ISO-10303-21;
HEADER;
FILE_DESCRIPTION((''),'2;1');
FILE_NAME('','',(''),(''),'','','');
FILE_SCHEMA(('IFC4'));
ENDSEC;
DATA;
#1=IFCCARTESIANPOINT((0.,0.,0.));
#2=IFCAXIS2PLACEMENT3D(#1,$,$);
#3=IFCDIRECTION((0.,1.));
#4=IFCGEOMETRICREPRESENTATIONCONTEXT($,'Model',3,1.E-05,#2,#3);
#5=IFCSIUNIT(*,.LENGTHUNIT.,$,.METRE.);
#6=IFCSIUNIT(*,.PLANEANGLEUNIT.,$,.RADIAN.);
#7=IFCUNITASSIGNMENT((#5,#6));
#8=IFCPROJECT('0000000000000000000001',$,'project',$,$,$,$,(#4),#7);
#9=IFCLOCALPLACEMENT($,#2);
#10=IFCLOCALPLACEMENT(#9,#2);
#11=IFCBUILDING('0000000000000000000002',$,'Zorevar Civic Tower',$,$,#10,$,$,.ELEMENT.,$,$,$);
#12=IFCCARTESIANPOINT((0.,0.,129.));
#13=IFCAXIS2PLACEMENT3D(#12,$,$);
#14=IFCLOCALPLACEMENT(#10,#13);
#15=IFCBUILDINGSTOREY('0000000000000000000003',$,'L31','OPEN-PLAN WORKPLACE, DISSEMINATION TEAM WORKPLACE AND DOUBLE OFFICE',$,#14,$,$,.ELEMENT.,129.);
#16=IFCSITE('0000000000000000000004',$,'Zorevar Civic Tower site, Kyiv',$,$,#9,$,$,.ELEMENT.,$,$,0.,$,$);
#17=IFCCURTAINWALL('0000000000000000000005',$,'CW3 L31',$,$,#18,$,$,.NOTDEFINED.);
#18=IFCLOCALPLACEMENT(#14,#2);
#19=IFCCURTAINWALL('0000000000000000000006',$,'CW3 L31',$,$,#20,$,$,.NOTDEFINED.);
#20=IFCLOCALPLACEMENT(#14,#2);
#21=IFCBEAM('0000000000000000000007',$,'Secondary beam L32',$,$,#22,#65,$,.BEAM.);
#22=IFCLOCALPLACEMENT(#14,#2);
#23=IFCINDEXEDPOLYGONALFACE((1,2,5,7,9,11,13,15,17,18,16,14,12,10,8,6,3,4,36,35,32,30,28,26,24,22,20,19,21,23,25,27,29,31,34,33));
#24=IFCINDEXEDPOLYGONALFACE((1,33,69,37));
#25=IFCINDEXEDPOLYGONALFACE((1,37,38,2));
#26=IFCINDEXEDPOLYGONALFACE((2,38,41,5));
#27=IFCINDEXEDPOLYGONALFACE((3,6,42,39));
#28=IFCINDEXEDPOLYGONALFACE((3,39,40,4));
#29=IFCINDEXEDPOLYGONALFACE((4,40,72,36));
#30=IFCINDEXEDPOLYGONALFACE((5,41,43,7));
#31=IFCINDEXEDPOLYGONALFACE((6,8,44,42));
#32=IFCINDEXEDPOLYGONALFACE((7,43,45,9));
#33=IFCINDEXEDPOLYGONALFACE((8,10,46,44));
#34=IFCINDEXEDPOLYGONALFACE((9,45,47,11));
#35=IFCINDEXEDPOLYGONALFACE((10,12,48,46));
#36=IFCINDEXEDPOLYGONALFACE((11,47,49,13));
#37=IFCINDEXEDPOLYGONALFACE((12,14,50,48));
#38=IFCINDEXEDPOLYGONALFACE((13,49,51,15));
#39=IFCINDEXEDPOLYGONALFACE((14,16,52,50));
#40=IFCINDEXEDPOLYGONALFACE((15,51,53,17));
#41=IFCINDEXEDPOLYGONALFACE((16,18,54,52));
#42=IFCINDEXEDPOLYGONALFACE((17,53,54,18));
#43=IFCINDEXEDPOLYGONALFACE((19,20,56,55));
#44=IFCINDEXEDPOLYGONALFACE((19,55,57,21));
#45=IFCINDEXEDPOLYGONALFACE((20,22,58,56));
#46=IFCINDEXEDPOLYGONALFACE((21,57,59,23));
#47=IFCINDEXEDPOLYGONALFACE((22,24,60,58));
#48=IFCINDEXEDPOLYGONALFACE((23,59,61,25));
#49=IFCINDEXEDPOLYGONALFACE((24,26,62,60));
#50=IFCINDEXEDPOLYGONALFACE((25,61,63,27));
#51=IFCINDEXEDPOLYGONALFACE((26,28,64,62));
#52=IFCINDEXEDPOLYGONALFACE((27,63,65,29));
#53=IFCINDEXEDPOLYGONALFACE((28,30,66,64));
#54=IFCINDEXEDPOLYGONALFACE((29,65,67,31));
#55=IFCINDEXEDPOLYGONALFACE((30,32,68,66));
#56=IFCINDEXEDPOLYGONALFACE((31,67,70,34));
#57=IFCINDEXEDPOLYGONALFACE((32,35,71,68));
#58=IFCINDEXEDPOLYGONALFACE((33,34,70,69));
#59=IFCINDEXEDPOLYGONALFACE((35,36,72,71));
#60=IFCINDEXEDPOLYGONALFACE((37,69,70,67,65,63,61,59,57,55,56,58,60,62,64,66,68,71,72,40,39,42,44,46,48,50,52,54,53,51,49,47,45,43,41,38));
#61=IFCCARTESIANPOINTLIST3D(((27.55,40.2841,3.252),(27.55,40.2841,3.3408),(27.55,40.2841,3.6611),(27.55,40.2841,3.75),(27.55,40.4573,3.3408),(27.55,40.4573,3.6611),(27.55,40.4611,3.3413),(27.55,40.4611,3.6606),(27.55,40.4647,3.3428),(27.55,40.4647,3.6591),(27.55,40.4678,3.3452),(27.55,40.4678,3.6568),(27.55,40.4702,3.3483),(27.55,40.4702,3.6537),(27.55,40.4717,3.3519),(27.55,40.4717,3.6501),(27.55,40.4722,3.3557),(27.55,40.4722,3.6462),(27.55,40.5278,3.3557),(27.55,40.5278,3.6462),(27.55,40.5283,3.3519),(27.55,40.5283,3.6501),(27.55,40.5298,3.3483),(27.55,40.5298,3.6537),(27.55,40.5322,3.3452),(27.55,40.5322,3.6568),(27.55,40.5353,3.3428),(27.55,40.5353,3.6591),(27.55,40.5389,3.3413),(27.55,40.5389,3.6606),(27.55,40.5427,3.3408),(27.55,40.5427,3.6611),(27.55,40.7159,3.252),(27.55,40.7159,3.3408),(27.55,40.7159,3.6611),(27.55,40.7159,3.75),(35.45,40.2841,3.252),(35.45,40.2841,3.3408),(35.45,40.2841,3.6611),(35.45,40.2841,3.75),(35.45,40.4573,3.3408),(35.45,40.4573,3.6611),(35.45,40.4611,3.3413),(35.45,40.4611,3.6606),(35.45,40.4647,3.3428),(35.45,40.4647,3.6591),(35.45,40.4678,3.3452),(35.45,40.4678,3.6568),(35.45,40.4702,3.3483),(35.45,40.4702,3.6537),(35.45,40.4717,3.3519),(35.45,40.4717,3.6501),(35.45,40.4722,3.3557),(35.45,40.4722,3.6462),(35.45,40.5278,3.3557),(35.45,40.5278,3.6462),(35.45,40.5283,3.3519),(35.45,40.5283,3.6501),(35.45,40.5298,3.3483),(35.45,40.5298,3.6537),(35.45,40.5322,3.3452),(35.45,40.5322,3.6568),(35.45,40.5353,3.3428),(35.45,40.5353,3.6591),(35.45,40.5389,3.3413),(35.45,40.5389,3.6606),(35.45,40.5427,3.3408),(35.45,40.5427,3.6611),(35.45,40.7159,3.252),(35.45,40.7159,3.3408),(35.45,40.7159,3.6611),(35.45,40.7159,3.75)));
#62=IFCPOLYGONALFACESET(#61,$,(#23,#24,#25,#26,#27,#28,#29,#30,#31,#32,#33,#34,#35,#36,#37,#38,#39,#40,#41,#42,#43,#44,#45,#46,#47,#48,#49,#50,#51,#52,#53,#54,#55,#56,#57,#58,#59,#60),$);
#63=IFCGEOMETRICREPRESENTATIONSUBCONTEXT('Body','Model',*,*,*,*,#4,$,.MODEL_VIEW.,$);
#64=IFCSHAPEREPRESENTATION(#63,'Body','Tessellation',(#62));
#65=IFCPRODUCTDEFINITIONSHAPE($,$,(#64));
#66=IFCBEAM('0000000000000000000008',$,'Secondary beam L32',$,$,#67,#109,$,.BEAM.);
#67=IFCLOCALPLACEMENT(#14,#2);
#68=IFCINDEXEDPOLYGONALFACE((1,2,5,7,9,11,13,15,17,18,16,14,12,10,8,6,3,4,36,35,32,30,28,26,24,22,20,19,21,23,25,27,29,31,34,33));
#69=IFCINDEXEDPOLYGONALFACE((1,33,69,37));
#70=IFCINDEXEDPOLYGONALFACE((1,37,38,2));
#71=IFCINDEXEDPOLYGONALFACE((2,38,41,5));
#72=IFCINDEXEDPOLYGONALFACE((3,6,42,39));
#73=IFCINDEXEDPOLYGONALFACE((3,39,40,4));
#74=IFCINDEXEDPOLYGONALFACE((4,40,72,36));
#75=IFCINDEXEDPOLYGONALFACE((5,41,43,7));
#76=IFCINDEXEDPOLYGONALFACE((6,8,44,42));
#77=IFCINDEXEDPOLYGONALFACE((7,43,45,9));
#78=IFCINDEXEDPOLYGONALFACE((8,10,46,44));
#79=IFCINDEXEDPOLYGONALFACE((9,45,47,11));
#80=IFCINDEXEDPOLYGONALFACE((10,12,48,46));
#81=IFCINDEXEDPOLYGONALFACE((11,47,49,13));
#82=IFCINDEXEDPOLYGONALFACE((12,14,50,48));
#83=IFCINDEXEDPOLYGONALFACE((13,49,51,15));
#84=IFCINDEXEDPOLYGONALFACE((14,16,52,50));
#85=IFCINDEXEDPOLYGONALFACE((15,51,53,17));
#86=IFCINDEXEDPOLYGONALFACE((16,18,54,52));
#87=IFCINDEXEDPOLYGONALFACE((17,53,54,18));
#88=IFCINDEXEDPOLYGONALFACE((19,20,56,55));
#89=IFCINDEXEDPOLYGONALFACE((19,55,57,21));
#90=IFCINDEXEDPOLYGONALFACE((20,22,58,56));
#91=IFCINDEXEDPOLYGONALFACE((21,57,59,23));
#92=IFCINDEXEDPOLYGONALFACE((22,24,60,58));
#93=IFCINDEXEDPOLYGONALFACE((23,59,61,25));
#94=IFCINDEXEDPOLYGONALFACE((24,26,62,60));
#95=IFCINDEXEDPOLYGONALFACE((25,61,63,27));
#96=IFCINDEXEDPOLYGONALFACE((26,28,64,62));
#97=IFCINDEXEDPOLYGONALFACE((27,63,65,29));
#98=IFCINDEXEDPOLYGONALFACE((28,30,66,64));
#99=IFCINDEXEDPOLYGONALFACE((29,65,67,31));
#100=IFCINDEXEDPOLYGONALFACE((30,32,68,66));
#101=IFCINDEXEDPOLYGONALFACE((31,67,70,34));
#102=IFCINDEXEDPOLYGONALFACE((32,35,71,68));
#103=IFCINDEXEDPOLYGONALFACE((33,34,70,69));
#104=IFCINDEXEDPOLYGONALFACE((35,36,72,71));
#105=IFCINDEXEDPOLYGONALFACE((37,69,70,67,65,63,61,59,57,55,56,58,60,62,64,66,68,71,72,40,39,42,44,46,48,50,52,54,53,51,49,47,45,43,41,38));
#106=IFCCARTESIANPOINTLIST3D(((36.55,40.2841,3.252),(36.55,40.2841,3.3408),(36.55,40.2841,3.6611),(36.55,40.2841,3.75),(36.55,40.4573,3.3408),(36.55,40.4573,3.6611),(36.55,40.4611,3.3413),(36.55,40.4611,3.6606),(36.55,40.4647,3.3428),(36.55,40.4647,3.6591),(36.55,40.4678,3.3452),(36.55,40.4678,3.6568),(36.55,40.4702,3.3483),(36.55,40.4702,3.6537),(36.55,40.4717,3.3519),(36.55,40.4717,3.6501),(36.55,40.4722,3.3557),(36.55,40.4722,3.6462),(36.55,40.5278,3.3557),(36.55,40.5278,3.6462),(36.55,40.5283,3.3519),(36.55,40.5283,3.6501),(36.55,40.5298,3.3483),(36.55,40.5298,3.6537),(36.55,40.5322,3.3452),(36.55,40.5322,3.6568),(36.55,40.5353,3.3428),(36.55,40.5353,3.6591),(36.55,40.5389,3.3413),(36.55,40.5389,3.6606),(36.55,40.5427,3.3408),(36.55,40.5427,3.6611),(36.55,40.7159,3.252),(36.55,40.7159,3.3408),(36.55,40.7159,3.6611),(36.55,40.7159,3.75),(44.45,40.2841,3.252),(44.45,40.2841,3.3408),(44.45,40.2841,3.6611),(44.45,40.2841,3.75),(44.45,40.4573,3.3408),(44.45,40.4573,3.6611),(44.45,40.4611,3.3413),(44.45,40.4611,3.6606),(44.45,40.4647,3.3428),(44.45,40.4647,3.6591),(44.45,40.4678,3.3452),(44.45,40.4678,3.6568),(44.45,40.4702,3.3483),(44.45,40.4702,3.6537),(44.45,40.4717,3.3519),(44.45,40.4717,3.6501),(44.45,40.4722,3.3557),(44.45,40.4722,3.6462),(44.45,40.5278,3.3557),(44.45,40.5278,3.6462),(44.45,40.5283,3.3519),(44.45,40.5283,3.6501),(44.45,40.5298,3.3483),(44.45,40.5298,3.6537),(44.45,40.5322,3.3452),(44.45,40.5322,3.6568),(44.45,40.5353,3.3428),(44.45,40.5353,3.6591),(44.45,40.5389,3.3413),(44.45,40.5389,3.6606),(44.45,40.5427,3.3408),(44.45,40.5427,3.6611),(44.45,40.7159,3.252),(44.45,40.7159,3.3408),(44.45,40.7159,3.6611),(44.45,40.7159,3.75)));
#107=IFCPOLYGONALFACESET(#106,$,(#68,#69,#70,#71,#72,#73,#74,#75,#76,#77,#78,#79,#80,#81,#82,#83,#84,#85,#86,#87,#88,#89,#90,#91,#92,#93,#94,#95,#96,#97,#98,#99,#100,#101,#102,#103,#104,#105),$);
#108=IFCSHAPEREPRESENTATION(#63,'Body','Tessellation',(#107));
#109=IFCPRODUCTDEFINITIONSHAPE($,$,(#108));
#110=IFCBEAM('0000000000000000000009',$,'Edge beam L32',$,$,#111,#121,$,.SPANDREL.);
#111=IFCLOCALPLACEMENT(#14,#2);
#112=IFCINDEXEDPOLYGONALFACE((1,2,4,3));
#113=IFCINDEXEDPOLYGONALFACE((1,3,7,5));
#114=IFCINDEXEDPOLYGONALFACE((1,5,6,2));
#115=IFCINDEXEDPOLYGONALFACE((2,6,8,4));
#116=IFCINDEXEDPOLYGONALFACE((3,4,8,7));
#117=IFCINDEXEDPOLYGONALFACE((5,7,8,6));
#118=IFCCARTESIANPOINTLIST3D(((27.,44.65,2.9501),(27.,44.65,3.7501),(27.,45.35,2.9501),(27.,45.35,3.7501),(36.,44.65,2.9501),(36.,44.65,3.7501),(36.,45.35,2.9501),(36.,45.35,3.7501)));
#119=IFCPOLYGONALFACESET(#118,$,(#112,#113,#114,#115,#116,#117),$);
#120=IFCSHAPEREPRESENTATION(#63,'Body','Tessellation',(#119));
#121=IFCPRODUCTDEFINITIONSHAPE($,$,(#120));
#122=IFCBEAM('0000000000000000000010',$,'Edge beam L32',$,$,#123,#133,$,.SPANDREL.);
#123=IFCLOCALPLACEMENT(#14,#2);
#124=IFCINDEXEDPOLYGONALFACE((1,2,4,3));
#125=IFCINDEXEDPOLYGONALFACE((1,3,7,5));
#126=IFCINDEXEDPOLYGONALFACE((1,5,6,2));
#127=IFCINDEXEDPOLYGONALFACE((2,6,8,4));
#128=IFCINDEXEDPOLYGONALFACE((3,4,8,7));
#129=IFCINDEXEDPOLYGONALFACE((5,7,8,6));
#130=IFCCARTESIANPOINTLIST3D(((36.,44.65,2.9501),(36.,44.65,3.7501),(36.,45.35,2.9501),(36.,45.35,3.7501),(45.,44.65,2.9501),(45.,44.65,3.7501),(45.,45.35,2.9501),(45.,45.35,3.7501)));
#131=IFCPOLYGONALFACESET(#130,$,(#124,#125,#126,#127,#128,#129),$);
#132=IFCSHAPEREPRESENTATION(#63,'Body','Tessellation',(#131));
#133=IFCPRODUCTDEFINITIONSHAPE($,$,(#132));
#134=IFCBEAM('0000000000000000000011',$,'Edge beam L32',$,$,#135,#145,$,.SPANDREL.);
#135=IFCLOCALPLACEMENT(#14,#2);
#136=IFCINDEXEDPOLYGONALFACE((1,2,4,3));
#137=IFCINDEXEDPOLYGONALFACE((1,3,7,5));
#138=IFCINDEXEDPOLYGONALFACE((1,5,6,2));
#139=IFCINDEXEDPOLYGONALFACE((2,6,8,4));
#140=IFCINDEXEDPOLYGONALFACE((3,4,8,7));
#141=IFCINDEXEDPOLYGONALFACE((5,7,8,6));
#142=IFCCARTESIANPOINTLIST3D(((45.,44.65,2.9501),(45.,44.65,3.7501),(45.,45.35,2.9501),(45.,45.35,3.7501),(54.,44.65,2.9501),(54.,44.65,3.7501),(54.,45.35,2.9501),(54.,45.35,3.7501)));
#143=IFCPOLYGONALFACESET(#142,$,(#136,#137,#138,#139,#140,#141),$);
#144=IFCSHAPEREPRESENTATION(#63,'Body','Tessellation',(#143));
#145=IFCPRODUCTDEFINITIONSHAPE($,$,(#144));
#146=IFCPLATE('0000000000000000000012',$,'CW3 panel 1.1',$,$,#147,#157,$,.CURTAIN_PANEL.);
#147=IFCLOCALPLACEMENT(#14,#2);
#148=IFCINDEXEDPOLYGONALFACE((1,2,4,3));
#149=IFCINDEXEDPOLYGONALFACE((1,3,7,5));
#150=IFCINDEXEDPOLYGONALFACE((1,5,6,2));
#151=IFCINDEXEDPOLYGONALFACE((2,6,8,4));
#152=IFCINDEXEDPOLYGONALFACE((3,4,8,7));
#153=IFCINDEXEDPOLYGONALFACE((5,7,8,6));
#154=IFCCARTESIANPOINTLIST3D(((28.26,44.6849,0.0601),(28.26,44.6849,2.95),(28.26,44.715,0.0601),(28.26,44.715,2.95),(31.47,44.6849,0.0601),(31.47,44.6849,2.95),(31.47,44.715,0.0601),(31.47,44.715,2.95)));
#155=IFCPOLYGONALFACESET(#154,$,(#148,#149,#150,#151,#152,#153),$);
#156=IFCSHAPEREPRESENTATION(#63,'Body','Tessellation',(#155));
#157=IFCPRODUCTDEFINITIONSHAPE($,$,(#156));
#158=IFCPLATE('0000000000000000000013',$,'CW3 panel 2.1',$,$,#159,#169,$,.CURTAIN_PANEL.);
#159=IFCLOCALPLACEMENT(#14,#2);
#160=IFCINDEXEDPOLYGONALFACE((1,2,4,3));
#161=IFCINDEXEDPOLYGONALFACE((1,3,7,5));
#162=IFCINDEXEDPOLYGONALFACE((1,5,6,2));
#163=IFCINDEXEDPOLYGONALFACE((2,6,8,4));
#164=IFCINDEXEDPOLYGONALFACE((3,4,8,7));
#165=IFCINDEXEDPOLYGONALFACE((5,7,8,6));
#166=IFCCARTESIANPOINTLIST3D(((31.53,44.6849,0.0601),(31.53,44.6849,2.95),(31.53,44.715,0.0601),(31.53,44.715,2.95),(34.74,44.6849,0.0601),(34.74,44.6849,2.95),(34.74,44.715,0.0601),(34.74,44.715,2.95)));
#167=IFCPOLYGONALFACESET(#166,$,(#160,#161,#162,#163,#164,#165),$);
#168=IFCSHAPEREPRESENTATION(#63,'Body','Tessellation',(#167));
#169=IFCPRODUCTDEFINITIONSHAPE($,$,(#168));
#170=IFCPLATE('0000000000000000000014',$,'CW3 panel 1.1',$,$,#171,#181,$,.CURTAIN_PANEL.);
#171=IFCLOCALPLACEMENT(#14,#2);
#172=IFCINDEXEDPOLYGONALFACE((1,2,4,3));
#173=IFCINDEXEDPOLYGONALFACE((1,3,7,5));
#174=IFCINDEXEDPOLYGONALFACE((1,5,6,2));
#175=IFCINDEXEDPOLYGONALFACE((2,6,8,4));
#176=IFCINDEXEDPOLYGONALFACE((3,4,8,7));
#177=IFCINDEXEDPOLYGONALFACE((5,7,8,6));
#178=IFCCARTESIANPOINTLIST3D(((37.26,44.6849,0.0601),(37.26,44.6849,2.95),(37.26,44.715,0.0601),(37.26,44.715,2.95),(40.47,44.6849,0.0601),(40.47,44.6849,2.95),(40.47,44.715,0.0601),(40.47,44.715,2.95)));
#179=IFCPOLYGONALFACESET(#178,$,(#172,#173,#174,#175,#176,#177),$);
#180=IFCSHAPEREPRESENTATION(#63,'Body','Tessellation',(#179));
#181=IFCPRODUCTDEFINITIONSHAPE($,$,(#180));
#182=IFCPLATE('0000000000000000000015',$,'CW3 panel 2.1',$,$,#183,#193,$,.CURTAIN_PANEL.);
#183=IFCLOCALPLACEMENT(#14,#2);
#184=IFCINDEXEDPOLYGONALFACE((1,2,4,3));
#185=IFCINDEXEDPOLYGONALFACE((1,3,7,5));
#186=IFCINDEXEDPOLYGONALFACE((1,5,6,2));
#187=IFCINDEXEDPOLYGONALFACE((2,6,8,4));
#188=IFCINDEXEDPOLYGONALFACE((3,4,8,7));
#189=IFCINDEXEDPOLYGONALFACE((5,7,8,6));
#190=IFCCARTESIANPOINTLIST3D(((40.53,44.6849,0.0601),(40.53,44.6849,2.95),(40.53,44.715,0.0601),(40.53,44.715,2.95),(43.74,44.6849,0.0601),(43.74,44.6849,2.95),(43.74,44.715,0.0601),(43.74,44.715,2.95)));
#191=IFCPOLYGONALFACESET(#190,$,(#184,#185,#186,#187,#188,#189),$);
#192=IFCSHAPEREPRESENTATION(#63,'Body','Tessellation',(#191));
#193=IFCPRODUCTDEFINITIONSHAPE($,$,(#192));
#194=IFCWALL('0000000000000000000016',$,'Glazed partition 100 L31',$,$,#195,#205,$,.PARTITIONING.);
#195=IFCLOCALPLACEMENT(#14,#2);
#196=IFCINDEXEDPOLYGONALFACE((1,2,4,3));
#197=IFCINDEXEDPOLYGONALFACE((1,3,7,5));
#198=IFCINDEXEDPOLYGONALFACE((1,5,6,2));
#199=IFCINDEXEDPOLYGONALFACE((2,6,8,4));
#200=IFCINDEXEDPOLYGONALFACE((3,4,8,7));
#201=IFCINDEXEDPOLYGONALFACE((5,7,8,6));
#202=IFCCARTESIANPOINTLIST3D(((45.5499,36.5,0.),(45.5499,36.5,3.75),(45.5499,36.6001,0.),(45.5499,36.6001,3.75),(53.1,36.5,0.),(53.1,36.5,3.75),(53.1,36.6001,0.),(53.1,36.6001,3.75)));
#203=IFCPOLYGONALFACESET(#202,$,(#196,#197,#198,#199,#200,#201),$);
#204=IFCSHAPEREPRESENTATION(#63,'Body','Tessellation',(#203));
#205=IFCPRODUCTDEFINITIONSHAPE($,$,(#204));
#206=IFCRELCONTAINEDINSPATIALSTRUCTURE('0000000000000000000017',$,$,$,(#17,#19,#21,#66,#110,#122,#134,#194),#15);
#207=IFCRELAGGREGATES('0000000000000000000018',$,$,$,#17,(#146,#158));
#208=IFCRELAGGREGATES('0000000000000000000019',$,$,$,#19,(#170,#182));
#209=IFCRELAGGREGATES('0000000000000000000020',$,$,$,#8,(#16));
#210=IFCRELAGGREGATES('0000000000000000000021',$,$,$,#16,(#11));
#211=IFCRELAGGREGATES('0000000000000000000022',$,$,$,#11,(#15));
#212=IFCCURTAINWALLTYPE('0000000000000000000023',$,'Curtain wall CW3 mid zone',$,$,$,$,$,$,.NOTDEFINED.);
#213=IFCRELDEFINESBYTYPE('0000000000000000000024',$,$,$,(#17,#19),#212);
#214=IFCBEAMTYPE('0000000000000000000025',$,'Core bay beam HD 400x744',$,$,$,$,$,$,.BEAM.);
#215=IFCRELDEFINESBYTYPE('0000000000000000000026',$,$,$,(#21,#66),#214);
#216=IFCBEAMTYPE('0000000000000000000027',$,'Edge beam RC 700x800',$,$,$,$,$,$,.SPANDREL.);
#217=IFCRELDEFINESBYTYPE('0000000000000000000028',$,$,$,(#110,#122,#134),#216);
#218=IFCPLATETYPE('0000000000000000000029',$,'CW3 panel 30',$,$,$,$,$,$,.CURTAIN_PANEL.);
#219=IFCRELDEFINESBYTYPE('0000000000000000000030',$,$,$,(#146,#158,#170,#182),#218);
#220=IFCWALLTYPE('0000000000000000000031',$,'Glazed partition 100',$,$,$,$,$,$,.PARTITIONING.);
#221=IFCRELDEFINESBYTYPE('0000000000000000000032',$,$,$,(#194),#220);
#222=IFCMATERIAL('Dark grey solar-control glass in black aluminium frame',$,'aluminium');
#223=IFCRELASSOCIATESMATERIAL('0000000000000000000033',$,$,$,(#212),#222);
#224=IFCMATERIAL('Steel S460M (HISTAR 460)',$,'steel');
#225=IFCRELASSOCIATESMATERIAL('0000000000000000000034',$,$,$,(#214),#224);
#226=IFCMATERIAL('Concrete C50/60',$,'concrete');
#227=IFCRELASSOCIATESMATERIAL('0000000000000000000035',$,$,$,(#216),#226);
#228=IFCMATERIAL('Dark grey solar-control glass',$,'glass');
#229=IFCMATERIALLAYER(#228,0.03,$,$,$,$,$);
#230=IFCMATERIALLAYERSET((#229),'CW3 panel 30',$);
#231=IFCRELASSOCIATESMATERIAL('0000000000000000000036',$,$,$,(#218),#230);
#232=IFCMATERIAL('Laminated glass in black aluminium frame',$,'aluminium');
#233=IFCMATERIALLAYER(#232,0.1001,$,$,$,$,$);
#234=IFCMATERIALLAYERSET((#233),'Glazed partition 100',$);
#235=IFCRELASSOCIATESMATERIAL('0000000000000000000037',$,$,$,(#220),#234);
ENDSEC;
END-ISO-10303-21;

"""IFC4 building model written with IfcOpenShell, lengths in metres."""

from ifc_helpers import new_model, si_unit, direction, frame, frame_2d, origin, origin_2d, place, context, subcontext, project, spatial, rectangle, i_section, extrude, material, layer, layer_set, material_profile, profile_set, type_object, element, aggregate, save


model = new_model("IFC4")

# Units and contexts
model_context = context("Model", 3, precision=1e-05, world=origin(), true_north=direction((0.0, 1.0)))
body_context = subcontext(model_context, "Body", "Model", "MODEL_VIEW")
ifc_project = project(units=[si_unit("LENGTHUNIT", "METRE"), si_unit("PLANEANGLEUNIT", "RADIAN")], contexts=[model_context])

# Site, building, storey
site_placement = place(None, origin())
site = spatial("IfcSite", under=ifc_project, at=site_placement, Name="Zorevar Civic Tower site, Kyiv", CompositionType="ELEMENT", RefElevation=0.0)
building_placement = place(site_placement, origin())
building = spatial("IfcBuilding", under=site, at=building_placement, Name="Zorevar Civic Tower", CompositionType="ELEMENT")
storey_placement = place(building_placement, frame((0.0, 0.0, 129.0)))
storey = spatial("IfcBuildingStorey", under=building, at=storey_placement, Name="L31", Description="OPEN-PLAN WORKPLACE, DISSEMINATION TEAM WORKPLACE AND DOUBLE OFFICE", CompositionType="ELEMENT", Elevation=129.0)

# Curtain walls
ifc_material_1 = material(Name="Dark grey solar-control glass in black aluminium frame", Category="aluminium")
curtain_wall_type = type_object("IfcCurtainWallType", Name="Curtain wall CW3 mid zone", PredefinedType="NOTDEFINED", material=ifc_material_1)
curtain_wall_1_placement = place(storey_placement, origin())
curtain_wall_1 = element("IfcCurtainWall", 1, at=curtain_wall_1_placement, inside=storey, type_object=curtain_wall_type, Name="CW3 L31", PredefinedType="NOTDEFINED")
curtain_wall_2_placement = place(storey_placement, origin())
curtain_wall_2 = element("IfcCurtainWall", 2, at=curtain_wall_2_placement, inside=storey, type_object=curtain_wall_type, Name="CW3 L31", PredefinedType="NOTDEFINED")

# Beams
ifc_material_2 = material(Name="Steel S460M (HISTAR 460)", Category="steel")
ifc_material_profile_1 = material_profile(ifc_material_2, i_section(OverallWidth=0.4319, OverallDepth=0.498, WebThickness=0.0557, FlangeThickness=0.0889, FilletRadius=0.0149, at=origin_2d()), Name="HD 400x744")
ifc_profile_set_1 = profile_set([ifc_material_profile_1], Name="Steel S460M (HISTAR 460)")
beam_type_1 = type_object("IfcBeamType", Name="Core bay beam HD 400x744", PredefinedType="BEAM", material=ifc_profile_set_1)
for number, where, z_axis, x_axis, name in (
    (3, (27.55, 40.5, 3.501), (1.0, 0.0, 0.0), (0.0, 1.0, 0.0), "Secondary beam L32"),
    (4, (36.55, 40.5, 3.501), (1.0, 0.0, 0.0), (0.0, 1.0, 0.0), "Secondary beam L32"),
):
    element("IfcBeam", number, at=place(storey_placement, frame(where, z_axis=z_axis, x_axis=x_axis)), inside=storey, type_object=beam_type_1, Name=name, PredefinedType="BEAM", context=body_context, shape_type="SweptSolid", body=[
        extrude(i_section(OverallWidth=0.4319, OverallDepth=0.498, WebThickness=0.0557, FlangeThickness=0.0889, FilletRadius=0.0149, at=origin_2d()), origin(), (0.0, 0.0, 1.0), 7.8999),
    ])
ifc_material_3 = material(Name="Concrete C50/60", Category="concrete")
ifc_material_profile_2 = material_profile(ifc_material_3, rectangle(XDim=0.7, YDim=0.8, at=origin_2d()), Name="RC 700x800")
ifc_profile_set_2 = profile_set([ifc_material_profile_2], Name="Concrete C50/60")
beam_type_2 = type_object("IfcBeamType", Name="Edge beam RC 700x800", PredefinedType="SPANDREL", material=ifc_profile_set_2)
for number, where, z_axis, x_axis, name in (
    (5, (27.0, 45.0, 3.3501), (1.0, 0.0, 0.0), (0.0, 1.0, 0.0), "Edge beam L32"),
    (6, (36.0, 45.0, 3.3501), (1.0, 0.0, 0.0), (0.0, 1.0, 0.0), "Edge beam L32"),
    (7, (45.0, 45.0, 3.3501), (1.0, 0.0, 0.0), (0.0, 1.0, 0.0), "Edge beam L32"),
):
    element("IfcBeam", number, at=place(storey_placement, frame(where, z_axis=z_axis, x_axis=x_axis)), inside=storey, type_object=beam_type_2, Name=name, PredefinedType="SPANDREL", context=body_context, shape_type="SweptSolid", body=[
        extrude(rectangle(XDim=0.7, YDim=0.8, at=origin_2d()), origin(), (0.0, 0.0, 1.0), 9.0),
    ])

# Plates
ifc_material_4 = material(Name="Dark grey solar-control glass", Category="glass")
ifc_layer_1 = layer(ifc_material_4, 0.03)
ifc_layer_set_1 = layer_set([ifc_layer_1], Name="CW3 panel 30")
plate_type = type_object("IfcPlateType", Name="CW3 panel 30", PredefinedType="CURTAIN_PANEL", material=ifc_layer_set_1)
plate_1_placement = place(storey_placement, frame((29.865, 44.7, 0.0601), z_axis=(0.0, 0.0, 1.0), x_axis=(1.0, 0.0, 0.0)))
plate_1 = element("IfcPlate", 8, at=plate_1_placement, type_object=plate_type, Name="CW3 panel 1.1", PredefinedType="CURTAIN_PANEL", context=body_context, shape_type="SweptSolid", body=[
    extrude(rectangle(XDim=3.21, YDim=0.03, at=origin_2d()), origin(), (0.0, 0.0, 1.0), 2.8899),
])
plate_2_placement = place(storey_placement, frame((33.135, 44.7, 0.0601), z_axis=(0.0, 0.0, 1.0), x_axis=(1.0, 0.0, 0.0)))
plate_2 = element("IfcPlate", 9, at=plate_2_placement, type_object=plate_type, Name="CW3 panel 2.1", PredefinedType="CURTAIN_PANEL", context=body_context, shape_type="SweptSolid", body=[
    extrude(rectangle(XDim=3.21, YDim=0.03, at=origin_2d()), origin(), (0.0, 0.0, 1.0), 2.8899),
])
aggregate(curtain_wall_1, [plate_1, plate_2])
plate_3_placement = place(storey_placement, frame((38.865, 44.7, 0.0601), z_axis=(0.0, 0.0, 1.0), x_axis=(1.0, 0.0, 0.0)))
plate_3 = element("IfcPlate", 10, at=plate_3_placement, type_object=plate_type, Name="CW3 panel 1.1", PredefinedType="CURTAIN_PANEL", context=body_context, shape_type="SweptSolid", body=[
    extrude(rectangle(XDim=3.21, YDim=0.03, at=origin_2d()), origin(), (0.0, 0.0, 1.0), 2.8899),
])
plate_4_placement = place(storey_placement, frame((42.135, 44.7, 0.0601), z_axis=(0.0, 0.0, 1.0), x_axis=(1.0, 0.0, 0.0)))
plate_4 = element("IfcPlate", 11, at=plate_4_placement, type_object=plate_type, Name="CW3 panel 2.1", PredefinedType="CURTAIN_PANEL", context=body_context, shape_type="SweptSolid", body=[
    extrude(rectangle(XDim=3.21, YDim=0.03, at=origin_2d()), origin(), (0.0, 0.0, 1.0), 2.8899),
])
aggregate(curtain_wall_2, [plate_3, plate_4])

# Wall
ifc_material_5 = material(Name="Laminated glass in black aluminium frame", Category="aluminium")
ifc_layer_2 = layer(ifc_material_5, 0.1001)
ifc_layer_set_2 = layer_set([ifc_layer_2], Name="Glazed partition 100")
wall_type_1 = type_object("IfcWallType", Name="Glazed partition 100", PredefinedType="PARTITIONING", material=ifc_layer_set_2)
wall_1_placement = place(storey_placement, frame((45.55, 36.55, 0.0), z_axis=(0.0, 0.0, 1.0), x_axis=(1.0, 0.0, 0.0)))
element("IfcWall", 12, at=wall_1_placement, inside=storey, type_object=wall_type_1, Name="Glazed partition 100 L31", PredefinedType="PARTITIONING", context=body_context, shape_type="SweptSolid", body=[
    extrude(rectangle(XDim=7.55, YDim=0.1001, at=frame_2d((3.7749, 0.0))), origin(), (0.0, 0.0, 1.0), 3.75),
])

save(model, "model.ifc")
